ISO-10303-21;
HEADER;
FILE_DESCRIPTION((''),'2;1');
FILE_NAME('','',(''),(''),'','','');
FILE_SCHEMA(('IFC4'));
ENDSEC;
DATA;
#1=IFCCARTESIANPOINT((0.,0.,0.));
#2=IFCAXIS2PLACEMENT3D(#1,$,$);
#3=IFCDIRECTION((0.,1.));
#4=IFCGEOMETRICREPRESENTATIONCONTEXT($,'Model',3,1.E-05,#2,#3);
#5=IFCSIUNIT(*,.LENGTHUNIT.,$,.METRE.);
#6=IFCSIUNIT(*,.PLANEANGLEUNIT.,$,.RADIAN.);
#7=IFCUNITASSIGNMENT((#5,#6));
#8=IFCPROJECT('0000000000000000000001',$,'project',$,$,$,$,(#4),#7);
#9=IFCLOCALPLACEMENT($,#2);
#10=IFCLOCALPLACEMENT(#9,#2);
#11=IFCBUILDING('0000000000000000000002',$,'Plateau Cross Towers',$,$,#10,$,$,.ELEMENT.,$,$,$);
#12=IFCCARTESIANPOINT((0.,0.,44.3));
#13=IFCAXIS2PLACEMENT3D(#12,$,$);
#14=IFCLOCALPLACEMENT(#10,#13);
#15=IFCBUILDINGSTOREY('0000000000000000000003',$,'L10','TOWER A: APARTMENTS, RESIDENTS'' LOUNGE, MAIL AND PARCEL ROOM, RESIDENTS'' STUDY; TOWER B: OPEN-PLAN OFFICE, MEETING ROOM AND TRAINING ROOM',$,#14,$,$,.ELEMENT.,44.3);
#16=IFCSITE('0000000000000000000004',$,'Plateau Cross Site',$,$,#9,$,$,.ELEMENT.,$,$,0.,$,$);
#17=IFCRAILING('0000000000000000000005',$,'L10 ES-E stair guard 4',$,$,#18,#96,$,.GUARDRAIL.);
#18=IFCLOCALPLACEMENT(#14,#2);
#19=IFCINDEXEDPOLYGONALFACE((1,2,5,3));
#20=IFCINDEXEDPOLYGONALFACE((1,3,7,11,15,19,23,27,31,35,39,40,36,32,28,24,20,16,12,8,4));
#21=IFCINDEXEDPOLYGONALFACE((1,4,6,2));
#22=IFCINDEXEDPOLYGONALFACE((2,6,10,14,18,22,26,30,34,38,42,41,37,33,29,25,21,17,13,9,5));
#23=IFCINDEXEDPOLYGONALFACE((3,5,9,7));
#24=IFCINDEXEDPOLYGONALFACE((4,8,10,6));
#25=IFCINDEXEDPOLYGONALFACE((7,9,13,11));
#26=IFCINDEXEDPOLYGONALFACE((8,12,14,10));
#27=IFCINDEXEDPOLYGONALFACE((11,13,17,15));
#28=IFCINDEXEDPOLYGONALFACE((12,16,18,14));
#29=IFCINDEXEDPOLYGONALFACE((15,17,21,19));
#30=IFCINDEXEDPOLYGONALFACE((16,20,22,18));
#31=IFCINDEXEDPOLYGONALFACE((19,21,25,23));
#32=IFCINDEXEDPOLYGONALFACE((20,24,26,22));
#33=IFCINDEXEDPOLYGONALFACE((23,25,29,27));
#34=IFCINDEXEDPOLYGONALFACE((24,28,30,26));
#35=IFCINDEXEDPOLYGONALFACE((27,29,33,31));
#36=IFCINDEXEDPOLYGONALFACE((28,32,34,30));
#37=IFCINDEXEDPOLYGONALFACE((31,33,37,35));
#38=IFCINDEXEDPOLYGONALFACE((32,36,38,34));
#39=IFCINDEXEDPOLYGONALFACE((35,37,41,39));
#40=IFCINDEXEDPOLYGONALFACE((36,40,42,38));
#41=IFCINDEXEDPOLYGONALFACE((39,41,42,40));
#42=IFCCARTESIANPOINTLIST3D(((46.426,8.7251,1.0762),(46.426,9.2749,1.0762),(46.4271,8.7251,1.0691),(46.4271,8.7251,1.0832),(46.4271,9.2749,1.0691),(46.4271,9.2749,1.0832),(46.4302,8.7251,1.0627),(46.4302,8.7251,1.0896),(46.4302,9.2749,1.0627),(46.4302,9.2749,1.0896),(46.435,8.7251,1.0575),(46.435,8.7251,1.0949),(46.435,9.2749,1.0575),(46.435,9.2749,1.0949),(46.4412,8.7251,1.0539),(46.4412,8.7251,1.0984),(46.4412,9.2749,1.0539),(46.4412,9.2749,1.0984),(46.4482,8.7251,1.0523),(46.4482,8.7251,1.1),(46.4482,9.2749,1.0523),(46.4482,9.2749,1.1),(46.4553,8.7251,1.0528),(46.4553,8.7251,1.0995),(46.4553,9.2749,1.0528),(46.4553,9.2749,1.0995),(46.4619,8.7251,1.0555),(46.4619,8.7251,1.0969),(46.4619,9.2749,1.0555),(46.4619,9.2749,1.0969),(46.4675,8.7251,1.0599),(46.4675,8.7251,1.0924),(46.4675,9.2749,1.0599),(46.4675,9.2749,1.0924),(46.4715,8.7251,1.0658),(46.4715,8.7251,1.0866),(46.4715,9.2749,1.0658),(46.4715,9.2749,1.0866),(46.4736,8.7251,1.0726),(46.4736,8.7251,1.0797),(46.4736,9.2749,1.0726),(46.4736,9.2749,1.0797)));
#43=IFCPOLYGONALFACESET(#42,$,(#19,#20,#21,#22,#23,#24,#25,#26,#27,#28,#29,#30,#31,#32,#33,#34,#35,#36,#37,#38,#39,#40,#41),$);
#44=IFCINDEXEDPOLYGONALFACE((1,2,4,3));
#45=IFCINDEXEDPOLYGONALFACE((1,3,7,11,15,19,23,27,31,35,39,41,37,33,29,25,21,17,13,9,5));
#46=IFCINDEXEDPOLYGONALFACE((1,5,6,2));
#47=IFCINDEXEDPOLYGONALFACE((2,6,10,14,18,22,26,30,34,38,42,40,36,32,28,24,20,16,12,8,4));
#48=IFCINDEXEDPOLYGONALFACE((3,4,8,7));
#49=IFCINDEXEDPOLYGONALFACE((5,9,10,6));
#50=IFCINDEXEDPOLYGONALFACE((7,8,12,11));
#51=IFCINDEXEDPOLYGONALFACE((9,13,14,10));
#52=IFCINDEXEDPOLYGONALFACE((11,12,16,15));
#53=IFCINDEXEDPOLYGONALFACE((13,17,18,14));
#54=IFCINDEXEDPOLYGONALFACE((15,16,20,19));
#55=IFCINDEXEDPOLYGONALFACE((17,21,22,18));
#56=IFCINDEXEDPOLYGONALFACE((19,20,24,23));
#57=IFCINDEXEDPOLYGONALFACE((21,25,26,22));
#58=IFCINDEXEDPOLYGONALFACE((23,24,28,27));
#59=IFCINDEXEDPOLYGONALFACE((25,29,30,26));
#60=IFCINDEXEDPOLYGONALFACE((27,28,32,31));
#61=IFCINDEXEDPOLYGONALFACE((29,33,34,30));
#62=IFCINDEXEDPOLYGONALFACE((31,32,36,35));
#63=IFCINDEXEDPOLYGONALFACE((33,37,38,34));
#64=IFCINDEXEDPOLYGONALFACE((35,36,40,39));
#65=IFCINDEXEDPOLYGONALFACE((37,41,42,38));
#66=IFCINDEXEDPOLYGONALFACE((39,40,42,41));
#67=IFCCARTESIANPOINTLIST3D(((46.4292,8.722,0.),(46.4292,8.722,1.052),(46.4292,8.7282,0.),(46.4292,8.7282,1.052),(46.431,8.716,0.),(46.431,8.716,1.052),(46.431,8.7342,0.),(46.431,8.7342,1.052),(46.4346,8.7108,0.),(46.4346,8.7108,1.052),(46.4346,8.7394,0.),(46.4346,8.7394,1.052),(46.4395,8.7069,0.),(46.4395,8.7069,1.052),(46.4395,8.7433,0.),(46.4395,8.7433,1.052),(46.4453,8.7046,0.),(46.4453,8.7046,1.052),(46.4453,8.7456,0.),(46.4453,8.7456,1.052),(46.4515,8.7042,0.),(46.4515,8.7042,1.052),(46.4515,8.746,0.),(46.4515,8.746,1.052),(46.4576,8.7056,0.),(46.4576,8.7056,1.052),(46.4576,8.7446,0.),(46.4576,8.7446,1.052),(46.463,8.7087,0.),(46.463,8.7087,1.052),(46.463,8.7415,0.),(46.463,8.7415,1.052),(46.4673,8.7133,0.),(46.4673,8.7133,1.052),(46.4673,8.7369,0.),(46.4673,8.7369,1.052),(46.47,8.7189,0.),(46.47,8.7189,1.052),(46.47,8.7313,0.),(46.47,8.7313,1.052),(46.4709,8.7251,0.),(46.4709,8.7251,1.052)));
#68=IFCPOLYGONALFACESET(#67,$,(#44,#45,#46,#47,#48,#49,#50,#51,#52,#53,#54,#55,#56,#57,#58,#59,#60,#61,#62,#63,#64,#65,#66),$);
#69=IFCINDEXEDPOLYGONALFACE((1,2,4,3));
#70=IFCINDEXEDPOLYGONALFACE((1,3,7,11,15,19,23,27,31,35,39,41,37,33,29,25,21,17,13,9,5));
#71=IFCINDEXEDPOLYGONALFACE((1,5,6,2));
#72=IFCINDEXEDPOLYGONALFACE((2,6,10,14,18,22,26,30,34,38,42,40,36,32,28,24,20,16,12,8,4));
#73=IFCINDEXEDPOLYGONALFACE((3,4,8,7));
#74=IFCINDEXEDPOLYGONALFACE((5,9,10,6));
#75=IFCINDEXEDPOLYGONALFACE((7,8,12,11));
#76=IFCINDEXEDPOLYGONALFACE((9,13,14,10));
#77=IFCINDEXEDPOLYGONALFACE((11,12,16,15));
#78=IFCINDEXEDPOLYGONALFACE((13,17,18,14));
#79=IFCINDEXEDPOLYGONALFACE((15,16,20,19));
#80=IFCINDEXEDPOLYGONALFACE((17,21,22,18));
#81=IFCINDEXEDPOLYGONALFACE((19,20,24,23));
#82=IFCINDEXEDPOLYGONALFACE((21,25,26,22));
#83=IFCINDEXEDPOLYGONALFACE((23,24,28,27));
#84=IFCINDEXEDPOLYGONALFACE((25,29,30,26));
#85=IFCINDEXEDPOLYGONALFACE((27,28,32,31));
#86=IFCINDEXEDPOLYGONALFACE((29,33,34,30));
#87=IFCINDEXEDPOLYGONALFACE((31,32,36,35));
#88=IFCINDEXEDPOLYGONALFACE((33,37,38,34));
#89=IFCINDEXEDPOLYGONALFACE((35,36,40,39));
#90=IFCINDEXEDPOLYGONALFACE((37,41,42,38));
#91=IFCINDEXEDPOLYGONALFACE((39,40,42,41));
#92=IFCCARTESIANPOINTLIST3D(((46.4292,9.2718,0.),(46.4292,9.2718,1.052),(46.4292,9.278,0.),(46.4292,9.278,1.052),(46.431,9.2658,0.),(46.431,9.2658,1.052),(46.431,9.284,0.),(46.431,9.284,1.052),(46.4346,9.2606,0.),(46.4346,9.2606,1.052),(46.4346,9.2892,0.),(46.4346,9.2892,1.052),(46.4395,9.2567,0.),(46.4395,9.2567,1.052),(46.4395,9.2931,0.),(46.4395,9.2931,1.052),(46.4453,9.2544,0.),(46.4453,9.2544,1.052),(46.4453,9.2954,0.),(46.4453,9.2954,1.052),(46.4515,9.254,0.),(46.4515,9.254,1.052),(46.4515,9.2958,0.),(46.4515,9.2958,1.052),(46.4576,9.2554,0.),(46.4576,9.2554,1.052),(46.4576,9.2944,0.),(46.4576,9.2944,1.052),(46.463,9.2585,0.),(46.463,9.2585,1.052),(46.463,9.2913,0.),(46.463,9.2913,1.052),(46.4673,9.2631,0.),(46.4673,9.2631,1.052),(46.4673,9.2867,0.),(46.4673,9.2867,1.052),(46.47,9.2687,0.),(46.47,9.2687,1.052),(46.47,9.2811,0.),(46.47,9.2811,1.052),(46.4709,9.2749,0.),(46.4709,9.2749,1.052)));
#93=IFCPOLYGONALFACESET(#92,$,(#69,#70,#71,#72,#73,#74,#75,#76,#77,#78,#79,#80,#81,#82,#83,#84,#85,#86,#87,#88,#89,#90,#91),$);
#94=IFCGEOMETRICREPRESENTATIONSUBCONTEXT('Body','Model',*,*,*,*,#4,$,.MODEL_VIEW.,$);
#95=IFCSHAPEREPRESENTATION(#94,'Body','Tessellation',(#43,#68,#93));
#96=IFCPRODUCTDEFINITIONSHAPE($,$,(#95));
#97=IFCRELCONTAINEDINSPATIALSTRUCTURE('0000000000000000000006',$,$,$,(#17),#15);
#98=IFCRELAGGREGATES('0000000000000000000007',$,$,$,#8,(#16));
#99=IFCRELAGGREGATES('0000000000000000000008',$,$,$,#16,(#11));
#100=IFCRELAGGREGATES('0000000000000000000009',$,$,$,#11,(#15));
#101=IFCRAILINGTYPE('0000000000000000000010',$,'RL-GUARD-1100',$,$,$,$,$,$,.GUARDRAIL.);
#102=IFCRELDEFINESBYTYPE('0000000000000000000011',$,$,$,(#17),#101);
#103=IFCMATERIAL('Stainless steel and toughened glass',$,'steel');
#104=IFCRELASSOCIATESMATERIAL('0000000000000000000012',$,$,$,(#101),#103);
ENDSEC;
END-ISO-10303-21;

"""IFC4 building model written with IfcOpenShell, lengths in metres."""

from ifc_helpers import new_model, si_unit, direction, frame, origin, origin_2d, place, context, subcontext, project, spatial, circle, extrude, material, type_object, element, save


model = new_model("IFC4")

# Units and contexts
model_context = context("Model", 3, precision=1e-05, world=origin(), true_north=direction((0.0, 1.0)))
body_context = subcontext(model_context, "Body", "Model", "MODEL_VIEW")
ifc_project = project(units=[si_unit("LENGTHUNIT", "METRE"), si_unit("PLANEANGLEUNIT", "RADIAN")], contexts=[model_context])

# Site, building, storey
site_placement = place(None, origin())
site = spatial("IfcSite", under=ifc_project, at=site_placement, Name="Plateau Cross Site", CompositionType="ELEMENT", RefElevation=0.0)
building_placement = place(site_placement, origin())
building = spatial("IfcBuilding", under=site, at=building_placement, Name="Plateau Cross Towers", CompositionType="ELEMENT")
storey_placement = place(building_placement, frame((0.0, 0.0, 44.3)))
storey = spatial("IfcBuildingStorey", under=building, at=storey_placement, Name="L10", Description="TOWER A: APARTMENTS, RESIDENTS' LOUNGE, MAIL AND PARCEL ROOM, RESIDENTS' STUDY; TOWER B: OPEN-PLAN OFFICE, MEETING ROOM AND TRAINING ROOM", CompositionType="ELEMENT", Elevation=44.3)

# Railing
ifc_material_1 = material(Name="Stainless steel and toughened glass", Category="steel")
railing_type_1 = type_object("IfcRailingType", Name="RL-GUARD-1100", PredefinedType="GUARDRAIL", material=ifc_material_1)
railing_1_placement = place(storey_placement, frame((46.45, 8.7251, 0.0)))
element("IfcRailing", 1, at=railing_1_placement, inside=storey, type_object=railing_type_1, Name="L10 ES-E stair guard 4", PredefinedType="GUARDRAIL", context=body_context, shape_type="SweptSolid", body=[
    extrude(circle(Radius=0.0239, at=origin_2d()), frame((0.0, 0.0, 1.0762), z_axis=(0.0, 1.0, 0.0), x_axis=(-1.0, 0.0, 0.0)), (0.0, 0.0, 1.0), 0.5498),
    extrude(circle(Radius=0.021, at=origin_2d()), origin(), (0.0, 0.0, 1.0), 1.052),
    extrude(circle(Radius=0.021, at=origin_2d()), frame((0.0, 0.5498, 0.0)), (0.0, 0.0, 1.0), 1.052),
])

save(model, "model.ifc")
